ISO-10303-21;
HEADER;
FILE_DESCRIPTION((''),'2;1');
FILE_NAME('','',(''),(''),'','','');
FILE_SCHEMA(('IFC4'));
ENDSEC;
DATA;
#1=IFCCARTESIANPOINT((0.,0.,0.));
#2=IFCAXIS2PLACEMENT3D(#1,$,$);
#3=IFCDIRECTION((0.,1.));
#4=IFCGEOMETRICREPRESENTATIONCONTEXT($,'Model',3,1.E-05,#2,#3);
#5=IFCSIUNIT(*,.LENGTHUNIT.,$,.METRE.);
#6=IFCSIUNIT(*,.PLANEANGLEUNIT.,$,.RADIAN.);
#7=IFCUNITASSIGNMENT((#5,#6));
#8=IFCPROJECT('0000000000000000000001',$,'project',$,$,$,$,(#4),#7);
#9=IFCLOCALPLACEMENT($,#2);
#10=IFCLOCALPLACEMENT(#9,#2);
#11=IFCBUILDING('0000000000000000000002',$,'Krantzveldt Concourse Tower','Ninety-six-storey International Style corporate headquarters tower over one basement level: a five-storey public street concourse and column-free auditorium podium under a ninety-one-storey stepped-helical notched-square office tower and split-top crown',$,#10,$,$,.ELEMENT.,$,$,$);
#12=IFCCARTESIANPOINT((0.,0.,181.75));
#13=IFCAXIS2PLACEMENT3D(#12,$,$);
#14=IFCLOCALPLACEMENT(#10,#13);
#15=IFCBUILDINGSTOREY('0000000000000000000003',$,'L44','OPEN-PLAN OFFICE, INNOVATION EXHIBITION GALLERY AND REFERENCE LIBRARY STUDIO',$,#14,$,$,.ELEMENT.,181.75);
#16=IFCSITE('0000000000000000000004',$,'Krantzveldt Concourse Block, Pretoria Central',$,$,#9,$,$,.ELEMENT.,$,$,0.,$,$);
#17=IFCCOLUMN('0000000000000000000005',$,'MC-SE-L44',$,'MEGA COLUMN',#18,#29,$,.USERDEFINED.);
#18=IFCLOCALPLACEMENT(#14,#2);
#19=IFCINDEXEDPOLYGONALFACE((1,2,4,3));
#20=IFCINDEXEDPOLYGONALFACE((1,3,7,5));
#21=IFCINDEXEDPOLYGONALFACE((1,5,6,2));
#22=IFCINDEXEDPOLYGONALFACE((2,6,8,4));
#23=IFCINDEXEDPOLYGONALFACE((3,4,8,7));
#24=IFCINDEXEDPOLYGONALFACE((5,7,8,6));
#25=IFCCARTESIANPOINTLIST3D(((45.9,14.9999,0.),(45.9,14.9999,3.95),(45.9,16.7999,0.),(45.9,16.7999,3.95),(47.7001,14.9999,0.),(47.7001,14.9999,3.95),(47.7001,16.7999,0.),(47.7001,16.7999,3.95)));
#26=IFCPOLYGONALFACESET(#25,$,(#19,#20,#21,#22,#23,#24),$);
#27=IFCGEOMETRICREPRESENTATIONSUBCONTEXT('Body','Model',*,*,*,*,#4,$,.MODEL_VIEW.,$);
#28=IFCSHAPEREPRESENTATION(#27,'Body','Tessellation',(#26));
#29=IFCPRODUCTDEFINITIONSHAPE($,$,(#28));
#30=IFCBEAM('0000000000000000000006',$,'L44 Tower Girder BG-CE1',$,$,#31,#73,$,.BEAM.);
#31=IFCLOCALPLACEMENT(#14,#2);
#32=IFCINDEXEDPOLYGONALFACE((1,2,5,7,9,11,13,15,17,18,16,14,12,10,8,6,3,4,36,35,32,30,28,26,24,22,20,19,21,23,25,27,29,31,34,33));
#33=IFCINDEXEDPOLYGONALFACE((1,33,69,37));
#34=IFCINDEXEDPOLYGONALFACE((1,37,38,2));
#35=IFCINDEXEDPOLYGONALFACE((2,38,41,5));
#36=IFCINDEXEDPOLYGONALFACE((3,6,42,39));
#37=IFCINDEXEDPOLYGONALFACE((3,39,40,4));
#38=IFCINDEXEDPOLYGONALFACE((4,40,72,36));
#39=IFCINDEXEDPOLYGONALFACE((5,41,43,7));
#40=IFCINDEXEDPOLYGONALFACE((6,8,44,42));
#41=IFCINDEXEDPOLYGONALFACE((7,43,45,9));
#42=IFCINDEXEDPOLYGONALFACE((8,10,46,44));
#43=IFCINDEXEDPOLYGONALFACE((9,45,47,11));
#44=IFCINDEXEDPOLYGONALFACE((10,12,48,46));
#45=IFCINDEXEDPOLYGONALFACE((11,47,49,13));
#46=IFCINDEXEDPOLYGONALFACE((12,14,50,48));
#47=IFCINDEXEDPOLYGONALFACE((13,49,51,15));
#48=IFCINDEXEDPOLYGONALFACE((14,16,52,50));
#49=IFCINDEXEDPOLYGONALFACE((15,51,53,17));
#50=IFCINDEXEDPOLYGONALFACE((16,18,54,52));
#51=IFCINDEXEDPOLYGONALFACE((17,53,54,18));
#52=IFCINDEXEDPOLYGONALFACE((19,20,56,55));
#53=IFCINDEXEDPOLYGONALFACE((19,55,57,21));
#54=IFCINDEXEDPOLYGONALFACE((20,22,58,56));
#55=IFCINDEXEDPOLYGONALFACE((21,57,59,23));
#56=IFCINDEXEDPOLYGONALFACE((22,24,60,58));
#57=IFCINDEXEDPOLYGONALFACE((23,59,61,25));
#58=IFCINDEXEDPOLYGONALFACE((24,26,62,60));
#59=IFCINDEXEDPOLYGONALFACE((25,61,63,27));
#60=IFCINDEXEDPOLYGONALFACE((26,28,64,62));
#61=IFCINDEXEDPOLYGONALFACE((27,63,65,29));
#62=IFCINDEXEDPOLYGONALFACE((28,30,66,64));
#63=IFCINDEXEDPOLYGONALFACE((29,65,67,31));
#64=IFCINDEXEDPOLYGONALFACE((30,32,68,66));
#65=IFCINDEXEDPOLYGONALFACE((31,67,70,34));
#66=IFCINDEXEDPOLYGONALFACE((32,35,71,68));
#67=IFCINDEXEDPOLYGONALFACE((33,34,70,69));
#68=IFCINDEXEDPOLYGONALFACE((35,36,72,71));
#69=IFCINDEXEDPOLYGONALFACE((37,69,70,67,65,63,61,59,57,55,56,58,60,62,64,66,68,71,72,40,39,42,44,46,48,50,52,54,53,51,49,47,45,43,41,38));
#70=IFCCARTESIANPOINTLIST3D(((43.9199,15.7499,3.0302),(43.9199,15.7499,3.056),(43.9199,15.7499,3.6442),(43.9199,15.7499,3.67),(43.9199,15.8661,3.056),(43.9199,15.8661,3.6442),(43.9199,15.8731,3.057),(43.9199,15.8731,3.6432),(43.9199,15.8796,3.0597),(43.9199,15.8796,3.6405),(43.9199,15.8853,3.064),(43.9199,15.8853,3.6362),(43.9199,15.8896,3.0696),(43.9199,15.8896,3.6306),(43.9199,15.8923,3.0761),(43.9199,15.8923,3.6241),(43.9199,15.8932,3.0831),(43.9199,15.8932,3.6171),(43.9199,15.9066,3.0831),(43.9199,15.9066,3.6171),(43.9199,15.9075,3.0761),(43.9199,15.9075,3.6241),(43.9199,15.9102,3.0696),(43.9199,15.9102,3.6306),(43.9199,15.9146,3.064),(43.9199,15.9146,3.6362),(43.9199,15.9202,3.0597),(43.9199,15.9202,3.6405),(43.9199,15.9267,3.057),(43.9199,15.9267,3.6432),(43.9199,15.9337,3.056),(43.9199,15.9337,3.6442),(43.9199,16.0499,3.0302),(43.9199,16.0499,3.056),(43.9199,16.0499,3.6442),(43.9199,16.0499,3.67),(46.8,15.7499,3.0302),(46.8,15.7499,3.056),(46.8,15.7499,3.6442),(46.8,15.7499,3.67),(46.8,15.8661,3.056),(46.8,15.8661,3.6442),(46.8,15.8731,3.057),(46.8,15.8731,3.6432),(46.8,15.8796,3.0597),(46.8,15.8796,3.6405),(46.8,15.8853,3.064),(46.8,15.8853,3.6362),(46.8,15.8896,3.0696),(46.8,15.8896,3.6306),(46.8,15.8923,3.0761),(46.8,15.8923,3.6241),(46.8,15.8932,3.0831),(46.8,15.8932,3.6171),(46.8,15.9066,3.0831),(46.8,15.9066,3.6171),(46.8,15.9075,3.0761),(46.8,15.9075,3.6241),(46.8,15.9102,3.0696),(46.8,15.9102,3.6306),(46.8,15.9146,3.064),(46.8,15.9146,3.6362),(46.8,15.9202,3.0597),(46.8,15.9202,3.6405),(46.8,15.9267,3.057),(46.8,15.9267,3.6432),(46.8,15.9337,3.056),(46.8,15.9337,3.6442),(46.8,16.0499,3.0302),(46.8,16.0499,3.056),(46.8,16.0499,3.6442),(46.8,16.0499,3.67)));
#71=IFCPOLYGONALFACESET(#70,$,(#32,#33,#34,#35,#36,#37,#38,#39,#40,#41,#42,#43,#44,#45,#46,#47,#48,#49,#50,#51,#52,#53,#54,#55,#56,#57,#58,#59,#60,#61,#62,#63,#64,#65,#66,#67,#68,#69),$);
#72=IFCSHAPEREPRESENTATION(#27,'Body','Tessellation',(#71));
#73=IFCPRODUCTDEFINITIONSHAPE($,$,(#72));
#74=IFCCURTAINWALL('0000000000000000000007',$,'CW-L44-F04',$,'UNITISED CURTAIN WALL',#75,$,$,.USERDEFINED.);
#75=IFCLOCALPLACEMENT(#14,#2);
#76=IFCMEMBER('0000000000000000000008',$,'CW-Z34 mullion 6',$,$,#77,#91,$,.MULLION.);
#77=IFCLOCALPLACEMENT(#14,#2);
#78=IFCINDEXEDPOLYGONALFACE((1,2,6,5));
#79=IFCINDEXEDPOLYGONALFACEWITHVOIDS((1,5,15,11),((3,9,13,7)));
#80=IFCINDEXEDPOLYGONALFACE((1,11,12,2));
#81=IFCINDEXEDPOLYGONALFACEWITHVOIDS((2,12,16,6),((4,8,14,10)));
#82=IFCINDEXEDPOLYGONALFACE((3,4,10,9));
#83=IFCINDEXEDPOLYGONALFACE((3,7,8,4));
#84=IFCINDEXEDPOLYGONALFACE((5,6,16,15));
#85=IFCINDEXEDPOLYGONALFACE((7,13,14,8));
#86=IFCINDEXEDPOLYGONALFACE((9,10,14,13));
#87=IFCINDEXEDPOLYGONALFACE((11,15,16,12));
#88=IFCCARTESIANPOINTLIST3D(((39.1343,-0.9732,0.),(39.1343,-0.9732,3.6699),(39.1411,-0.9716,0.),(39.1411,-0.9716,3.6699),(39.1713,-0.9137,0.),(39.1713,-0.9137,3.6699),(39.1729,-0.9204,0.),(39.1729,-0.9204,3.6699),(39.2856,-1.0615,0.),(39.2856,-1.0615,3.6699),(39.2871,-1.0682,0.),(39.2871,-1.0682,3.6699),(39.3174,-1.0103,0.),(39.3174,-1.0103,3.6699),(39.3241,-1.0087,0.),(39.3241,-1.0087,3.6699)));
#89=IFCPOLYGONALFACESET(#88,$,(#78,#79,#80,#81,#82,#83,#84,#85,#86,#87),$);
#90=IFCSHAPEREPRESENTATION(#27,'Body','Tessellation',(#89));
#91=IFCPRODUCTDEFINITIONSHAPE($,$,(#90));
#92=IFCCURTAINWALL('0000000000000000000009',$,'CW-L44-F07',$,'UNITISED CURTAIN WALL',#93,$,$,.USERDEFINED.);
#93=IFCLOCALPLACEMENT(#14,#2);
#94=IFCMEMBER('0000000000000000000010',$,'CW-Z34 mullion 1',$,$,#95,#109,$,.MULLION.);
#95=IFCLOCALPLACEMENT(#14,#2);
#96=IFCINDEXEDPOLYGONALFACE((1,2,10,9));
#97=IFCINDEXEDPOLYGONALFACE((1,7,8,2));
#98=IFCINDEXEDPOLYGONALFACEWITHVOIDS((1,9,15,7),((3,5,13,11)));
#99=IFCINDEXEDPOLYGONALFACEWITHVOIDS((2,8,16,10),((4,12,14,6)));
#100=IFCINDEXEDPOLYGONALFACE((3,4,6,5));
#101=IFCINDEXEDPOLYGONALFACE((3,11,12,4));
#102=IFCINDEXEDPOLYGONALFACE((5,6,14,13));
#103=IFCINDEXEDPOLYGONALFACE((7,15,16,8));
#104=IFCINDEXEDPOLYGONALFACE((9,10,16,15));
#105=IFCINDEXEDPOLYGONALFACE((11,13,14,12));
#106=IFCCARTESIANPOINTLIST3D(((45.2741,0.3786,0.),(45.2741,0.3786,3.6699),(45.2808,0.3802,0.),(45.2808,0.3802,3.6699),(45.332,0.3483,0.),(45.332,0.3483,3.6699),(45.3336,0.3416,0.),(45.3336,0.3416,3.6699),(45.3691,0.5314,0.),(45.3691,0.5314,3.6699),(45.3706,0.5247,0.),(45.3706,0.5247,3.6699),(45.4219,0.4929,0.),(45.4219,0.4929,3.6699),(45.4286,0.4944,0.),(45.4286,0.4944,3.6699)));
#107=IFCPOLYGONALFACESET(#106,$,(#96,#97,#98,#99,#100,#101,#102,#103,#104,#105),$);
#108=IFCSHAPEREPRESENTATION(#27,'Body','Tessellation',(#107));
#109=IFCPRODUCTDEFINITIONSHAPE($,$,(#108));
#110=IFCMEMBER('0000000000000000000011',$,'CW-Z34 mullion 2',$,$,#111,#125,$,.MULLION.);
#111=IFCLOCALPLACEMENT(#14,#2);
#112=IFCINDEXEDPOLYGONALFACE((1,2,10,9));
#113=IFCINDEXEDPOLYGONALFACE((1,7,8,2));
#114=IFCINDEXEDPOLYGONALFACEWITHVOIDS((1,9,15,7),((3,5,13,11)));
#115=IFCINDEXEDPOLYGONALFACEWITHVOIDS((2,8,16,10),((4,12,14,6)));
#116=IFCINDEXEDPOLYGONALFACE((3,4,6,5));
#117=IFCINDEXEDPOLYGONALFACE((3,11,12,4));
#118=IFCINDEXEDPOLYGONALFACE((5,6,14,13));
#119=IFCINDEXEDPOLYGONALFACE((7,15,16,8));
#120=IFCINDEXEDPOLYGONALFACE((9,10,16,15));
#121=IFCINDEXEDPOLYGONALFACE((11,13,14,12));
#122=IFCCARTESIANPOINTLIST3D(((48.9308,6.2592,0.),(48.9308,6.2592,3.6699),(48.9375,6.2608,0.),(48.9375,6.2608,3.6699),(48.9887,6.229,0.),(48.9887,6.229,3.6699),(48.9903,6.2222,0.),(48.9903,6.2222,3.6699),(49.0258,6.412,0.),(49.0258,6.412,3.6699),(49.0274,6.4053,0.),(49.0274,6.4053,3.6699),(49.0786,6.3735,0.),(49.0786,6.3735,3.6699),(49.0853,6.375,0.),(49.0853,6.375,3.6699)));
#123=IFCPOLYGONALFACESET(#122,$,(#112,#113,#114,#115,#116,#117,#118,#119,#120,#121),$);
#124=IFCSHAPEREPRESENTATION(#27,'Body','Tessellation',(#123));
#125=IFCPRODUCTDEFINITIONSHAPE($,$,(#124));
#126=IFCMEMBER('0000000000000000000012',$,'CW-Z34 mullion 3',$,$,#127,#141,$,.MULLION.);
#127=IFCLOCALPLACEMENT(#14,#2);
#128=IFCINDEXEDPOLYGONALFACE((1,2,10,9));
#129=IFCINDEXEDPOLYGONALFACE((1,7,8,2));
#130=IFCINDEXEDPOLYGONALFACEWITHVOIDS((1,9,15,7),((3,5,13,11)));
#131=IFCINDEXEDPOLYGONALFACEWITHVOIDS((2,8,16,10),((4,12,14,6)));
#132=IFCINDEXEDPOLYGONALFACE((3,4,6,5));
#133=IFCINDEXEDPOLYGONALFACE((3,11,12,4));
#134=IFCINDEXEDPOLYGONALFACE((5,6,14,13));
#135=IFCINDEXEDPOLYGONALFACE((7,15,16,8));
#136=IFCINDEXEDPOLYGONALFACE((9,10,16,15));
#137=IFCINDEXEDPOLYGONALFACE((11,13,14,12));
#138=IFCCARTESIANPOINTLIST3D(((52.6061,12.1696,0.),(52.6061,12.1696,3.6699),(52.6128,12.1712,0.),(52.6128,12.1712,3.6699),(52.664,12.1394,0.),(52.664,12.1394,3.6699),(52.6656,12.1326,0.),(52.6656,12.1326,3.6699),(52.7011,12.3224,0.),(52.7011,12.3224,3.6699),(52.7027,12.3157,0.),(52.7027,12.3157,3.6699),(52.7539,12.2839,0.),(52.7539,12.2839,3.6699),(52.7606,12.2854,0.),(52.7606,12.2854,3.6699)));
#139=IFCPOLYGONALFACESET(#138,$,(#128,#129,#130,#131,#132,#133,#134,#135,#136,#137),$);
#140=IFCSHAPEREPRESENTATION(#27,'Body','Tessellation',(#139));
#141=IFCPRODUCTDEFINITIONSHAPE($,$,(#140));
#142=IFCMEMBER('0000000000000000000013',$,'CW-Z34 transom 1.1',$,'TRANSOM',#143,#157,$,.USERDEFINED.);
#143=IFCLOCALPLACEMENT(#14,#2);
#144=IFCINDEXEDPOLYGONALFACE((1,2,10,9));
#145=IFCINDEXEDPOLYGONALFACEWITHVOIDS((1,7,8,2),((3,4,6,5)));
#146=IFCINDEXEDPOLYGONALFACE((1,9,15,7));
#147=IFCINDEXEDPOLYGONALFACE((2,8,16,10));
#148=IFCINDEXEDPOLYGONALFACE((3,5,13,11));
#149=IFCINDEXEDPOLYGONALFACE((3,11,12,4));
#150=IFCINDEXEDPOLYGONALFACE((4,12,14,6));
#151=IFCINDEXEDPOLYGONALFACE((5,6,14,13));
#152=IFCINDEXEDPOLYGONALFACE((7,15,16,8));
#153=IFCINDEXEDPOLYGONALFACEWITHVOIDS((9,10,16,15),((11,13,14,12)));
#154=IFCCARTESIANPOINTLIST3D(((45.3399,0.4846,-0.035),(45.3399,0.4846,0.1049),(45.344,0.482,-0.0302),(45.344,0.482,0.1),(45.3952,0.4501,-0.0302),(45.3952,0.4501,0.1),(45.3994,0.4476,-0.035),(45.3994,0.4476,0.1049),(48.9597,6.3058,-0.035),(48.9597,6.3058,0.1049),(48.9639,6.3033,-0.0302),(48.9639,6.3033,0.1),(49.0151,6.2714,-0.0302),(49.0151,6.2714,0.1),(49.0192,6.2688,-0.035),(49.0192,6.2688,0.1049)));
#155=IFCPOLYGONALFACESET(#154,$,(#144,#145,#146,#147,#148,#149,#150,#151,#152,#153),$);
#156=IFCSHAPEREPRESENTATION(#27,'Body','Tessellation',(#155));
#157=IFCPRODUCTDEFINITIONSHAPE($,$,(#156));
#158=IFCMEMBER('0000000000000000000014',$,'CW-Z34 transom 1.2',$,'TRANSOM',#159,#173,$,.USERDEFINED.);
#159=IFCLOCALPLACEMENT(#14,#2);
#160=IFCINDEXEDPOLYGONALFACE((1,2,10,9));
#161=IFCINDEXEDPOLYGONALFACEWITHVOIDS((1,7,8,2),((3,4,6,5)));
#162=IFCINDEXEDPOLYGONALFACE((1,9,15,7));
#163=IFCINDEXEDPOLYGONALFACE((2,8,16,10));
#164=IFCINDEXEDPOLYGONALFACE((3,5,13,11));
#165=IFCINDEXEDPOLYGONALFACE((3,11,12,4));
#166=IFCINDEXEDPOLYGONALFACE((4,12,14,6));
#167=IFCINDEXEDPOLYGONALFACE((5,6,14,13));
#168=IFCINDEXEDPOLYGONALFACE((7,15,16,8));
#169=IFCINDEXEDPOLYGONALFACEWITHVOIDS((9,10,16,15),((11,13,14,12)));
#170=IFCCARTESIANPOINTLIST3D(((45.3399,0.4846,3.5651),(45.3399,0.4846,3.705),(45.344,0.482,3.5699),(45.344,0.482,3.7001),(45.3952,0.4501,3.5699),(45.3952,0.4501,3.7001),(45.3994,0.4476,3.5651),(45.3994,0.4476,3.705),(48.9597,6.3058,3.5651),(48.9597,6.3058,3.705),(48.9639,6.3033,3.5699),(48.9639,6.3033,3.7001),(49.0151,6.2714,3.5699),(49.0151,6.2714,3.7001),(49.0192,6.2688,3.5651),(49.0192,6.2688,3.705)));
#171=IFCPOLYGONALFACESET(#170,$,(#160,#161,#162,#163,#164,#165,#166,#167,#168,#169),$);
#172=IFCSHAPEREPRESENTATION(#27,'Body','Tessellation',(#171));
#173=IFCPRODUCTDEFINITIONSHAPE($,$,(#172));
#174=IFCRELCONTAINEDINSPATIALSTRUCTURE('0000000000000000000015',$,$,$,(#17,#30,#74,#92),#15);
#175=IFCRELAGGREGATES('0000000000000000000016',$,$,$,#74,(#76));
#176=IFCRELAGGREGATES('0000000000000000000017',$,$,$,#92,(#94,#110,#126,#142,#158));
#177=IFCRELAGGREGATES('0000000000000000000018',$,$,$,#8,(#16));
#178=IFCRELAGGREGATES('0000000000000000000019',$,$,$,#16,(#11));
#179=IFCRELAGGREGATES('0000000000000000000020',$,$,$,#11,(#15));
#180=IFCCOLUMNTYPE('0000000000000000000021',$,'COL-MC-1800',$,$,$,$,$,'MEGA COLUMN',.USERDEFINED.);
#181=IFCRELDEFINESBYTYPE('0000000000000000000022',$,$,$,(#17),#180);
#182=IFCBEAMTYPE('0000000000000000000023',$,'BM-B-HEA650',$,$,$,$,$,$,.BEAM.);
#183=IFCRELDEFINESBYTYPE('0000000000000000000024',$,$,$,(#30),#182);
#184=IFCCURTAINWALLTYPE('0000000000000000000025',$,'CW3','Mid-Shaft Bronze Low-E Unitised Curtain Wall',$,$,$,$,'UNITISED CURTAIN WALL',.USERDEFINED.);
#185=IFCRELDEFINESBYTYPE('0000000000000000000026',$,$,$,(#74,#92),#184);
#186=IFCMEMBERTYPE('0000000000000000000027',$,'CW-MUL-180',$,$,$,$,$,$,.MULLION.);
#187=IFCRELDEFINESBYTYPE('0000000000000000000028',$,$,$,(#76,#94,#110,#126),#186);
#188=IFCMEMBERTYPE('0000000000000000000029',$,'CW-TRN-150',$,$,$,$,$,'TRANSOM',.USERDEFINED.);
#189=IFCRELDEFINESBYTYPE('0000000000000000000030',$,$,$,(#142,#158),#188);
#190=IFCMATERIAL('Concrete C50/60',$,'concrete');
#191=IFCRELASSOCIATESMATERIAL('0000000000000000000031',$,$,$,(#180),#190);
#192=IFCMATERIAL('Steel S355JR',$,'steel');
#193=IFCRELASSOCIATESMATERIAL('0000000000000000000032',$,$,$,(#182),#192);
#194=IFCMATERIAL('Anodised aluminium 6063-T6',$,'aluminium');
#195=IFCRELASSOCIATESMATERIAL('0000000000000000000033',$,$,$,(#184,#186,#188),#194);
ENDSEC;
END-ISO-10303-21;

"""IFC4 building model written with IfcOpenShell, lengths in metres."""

from ifc_helpers import new_model, si_unit, direction, frame, origin, origin_2d, place, context, subcontext, project, spatial, rectangle, hollow_rectangle, i_section, extrude, source, transform, mapped, material, material_profile, profile_set, type_object, type_shapes, element, aggregate, save


model = new_model("IFC4")

# Units and contexts
model_context = context("Model", 3, precision=1e-05, world=origin(), true_north=direction((0.0, 1.0)))
body_context = subcontext(model_context, "Body", "Model", "MODEL_VIEW")
ifc_project = project(units=[si_unit("LENGTHUNIT", "METRE"), si_unit("PLANEANGLEUNIT", "RADIAN")], contexts=[model_context])

# Site, building, storey
site_placement = place(None, origin())
site = spatial("IfcSite", under=ifc_project, at=site_placement, Name="Krantzveldt Concourse Block, Pretoria Central", CompositionType="ELEMENT", RefElevation=0.0)
building_placement = place(site_placement, origin())
building = spatial("IfcBuilding", under=site, at=building_placement, Name="Krantzveldt Concourse Tower", Description="Ninety-six-storey International Style corporate headquarters tower over one basement level: a five-storey public street concourse and column-free auditorium podium under a ninety-one-storey stepped-helical notched-square office tower and split-top crown", CompositionType="ELEMENT")
storey_placement = place(building_placement, frame((0.0, 0.0, 181.75)))
storey = spatial("IfcBuildingStorey", under=building, at=storey_placement, Name="L44", Description="OPEN-PLAN OFFICE, INNOVATION EXHIBITION GALLERY AND REFERENCE LIBRARY STUDIO", CompositionType="ELEMENT", Elevation=181.75)

# Column
ifc_material_1 = material(Name="Concrete C50/60", Category="concrete")
ifc_material_profile_1 = material_profile(ifc_material_1, rectangle(XDim=1.8, YDim=1.8, at=origin_2d()), Name="Concrete C50/60", Category="concrete")
ifc_profile_set_1 = profile_set([ifc_material_profile_1], Name="Concrete C50/60 - RC 1800x1800")
column_type = type_object("IfcColumnType", Name="COL-MC-1800", ElementType="MEGA COLUMN", PredefinedType="USERDEFINED", material=ifc_profile_set_1)
shared_shape_1 = source(origin(), body_context, "Body", "SweptSolid", [
    extrude(rectangle(XDim=1.8, YDim=1.8, at=origin_2d()), origin(), (0.0, 0.0, 1.0), 3.95),
])
type_shapes(column_type, [shared_shape_1])
column_placement = place(storey_placement, frame((46.8, 15.8999, 0.0), z_axis=(0.0, 0.0, 1.0), x_axis=(1.0, 0.0, 0.0)))
element("IfcColumn", 1, at=column_placement, inside=storey, type_object=column_type, Name="MC-SE-L44", ObjectType="MEGA COLUMN", PredefinedType="USERDEFINED", context=body_context, shape_type="MappedRepresentation", body=[
    mapped(shared_shape_1, transform((0.0, 0.0, 0.0), x_axis=(1.0, 0.0, 0.0), y_axis=(0.0, 1.0, 0.0), z_axis=(0.0, 0.0, 1.0), scale=1.0)),
])

# Beam
ifc_material_2 = material(Name="Steel S355JR", Category="steel")
ifc_material_profile_2 = material_profile(ifc_material_2, i_section(OverallWidth=0.3, OverallDepth=0.6399, WebThickness=0.0134, FlangeThickness=0.0259, FilletRadius=0.0271, at=origin_2d()), Name="Steel S355JR", Category="steel")
ifc_profile_set_2 = profile_set([ifc_material_profile_2], Name="Steel S355JR - HEA 650")
beam_type = type_object("IfcBeamType", Name="BM-B-HEA650", PredefinedType="BEAM", material=ifc_profile_set_2)
shared_shape_2 = source(origin(), body_context, "Body", "SweptSolid", [
    extrude(i_section(OverallWidth=0.3, OverallDepth=0.6399, WebThickness=0.0134, FlangeThickness=0.0259, FilletRadius=0.0271, at=origin_2d()), origin(), (0.0, 0.0, 1.0), 2.8801),
])
type_shapes(beam_type, [shared_shape_2])
beam_placement = place(storey_placement, frame((43.9199, 15.8999, 3.3501), z_axis=(1.0, 0.0, 0.0), x_axis=(0.0, 1.0, 0.0)))
element("IfcBeam", 2, at=beam_placement, inside=storey, type_object=beam_type, Name="L44 Tower Girder BG-CE1", PredefinedType="BEAM", context=body_context, shape_type="MappedRepresentation", body=[
    mapped(shared_shape_2, transform((0.0, 0.0, 0.0), x_axis=(1.0, 0.0, 0.0), y_axis=(0.0, 1.0, 0.0), z_axis=(0.0, 0.0, 1.0), scale=1.0)),
])

# Curtain wall, member
ifc_material_3 = material(Name="Anodised aluminium 6063-T6", Category="aluminium")
curtain_wall_type = type_object("IfcCurtainWallType", Name="CW3", Description="Mid-Shaft Bronze Low-E Unitised Curtain Wall", ElementType="UNITISED CURTAIN WALL", PredefinedType="USERDEFINED", material=ifc_material_3)
curtain_wall_1_placement = place(storey_placement, origin())
curtain_wall_1 = element("IfcCurtainWall", 3, at=curtain_wall_1_placement, inside=storey, type_object=curtain_wall_type, Name="CW-L44-F04", ObjectType="UNITISED CURTAIN WALL", PredefinedType="USERDEFINED")
ifc_material_profile_3 = material_profile(ifc_material_3, hollow_rectangle(XDim=0.0701, YDim=0.1799, WallThickness=0.0049, at=origin_2d()), Name="Anodised aluminium 6063-T6", Category="aluminium")
ifc_profile_set_3 = profile_set([ifc_material_profile_3], Name="Anodised aluminium 6063-T6 - ALU-MULL 180x70x5")
member_type_1 = type_object("IfcMemberType", Name="CW-MUL-180", PredefinedType="MULLION", material=ifc_profile_set_3)
shared_shape_3 = source(origin(), body_context, "Body", "SweptSolid", [
    extrude(hollow_rectangle(XDim=0.0701, YDim=0.1799, WallThickness=0.0049, at=origin_2d()), origin(), (0.0, 0.0, 1.0), 3.6699),
])
type_shapes(member_type_1, [shared_shape_3])
member_1_placement = place(storey_placement, frame((39.2292, -0.991, 0.0), z_axis=(0.0, 0.0, 1.0), x_axis=(0.528068, 0.849202, 0.0)))
member_1 = element("IfcMember", 4, at=member_1_placement, type_object=member_type_1, Name="CW-Z34 mullion 6", PredefinedType="MULLION", context=body_context, shape_type="MappedRepresentation", body=[
    mapped(shared_shape_3, transform((0.0, 0.0, 0.0), x_axis=(1.0, 0.0, 0.0), y_axis=(0.0, 1.0, 0.0), z_axis=(0.0, 0.0, 1.0), scale=1.0)),
])

# Curtain wall, members
curtain_wall_2_placement = place(storey_placement, origin())
curtain_wall_2 = element("IfcCurtainWall", 5, at=curtain_wall_2_placement, inside=storey, type_object=curtain_wall_type, Name="CW-L44-F07", ObjectType="UNITISED CURTAIN WALL", PredefinedType="USERDEFINED")
member_2_placement = place(storey_placement, frame((45.3513, 0.4365, 0.0), z_axis=(0.0, 0.0, 1.0), x_axis=(-0.849202, 0.528068, 0.0)))
member_2 = element("IfcMember", 6, at=member_2_placement, type_object=member_type_1, Name="CW-Z34 mullion 1", PredefinedType="MULLION", context=body_context, shape_type="MappedRepresentation", body=[
    mapped(shared_shape_3, transform((0.0, 0.0, 0.0), x_axis=(1.0, 0.0, 0.0), y_axis=(0.0, 1.0, 0.0), z_axis=(0.0, 0.0, 1.0), scale=1.0)),
])
member_3_placement = place(storey_placement, frame((49.0081, 6.3171, 0.0), z_axis=(0.0, 0.0, 1.0), x_axis=(-0.849202, 0.528068, 0.0)))
member_3 = element("IfcMember", 7, at=member_3_placement, type_object=member_type_1, Name="CW-Z34 mullion 2", PredefinedType="MULLION", context=body_context, shape_type="MappedRepresentation", body=[
    mapped(shared_shape_3, transform((0.0, 0.0, 0.0), x_axis=(1.0, 0.0, 0.0), y_axis=(0.0, 1.0, 0.0), z_axis=(0.0, 0.0, 1.0), scale=1.0)),
])
member_4_placement = place(storey_placement, frame((52.6833, 12.2275, 0.0), z_axis=(0.0, 0.0, 1.0), x_axis=(-0.849202, 0.528068, 0.0)))
member_4 = element("IfcMember", 8, at=member_4_placement, type_object=member_type_1, Name="CW-Z34 mullion 3", PredefinedType="MULLION", context=body_context, shape_type="MappedRepresentation", body=[
    mapped(shared_shape_3, transform((0.0, 0.0, 0.0), x_axis=(1.0, 0.0, 0.0), y_axis=(0.0, 1.0, 0.0), z_axis=(0.0, 0.0, 1.0), scale=1.0)),
])
ifc_material_profile_4 = material_profile(ifc_material_3, hollow_rectangle(XDim=0.0701, YDim=0.1399, WallThickness=0.0049, at=origin_2d()), Name="Anodised aluminium 6063-T6", Category="aluminium")
ifc_profile_set_4 = profile_set([ifc_material_profile_4], Name="Anodised aluminium 6063-T6 - ALU-TRAN 140x70x5")
member_type_2 = type_object("IfcMemberType", Name="CW-TRN-150", ElementType="TRANSOM", PredefinedType="USERDEFINED", material=ifc_profile_set_4)
shared_shape_4 = source(origin(), body_context, "Body", "SweptSolid", [
    extrude(hollow_rectangle(XDim=0.0701, YDim=0.1399, WallThickness=0.0049, at=origin_2d()), origin(), (0.0, 0.0, 1.0), 6.855),
])
member_5_placement = place(storey_placement, frame((45.3696, 0.4661, 0.0349), z_axis=(0.528064, 0.849205, 0.0), x_axis=(-0.849205, 0.528064, 0.0)))
member_5 = element("IfcMember", 9, at=member_5_placement, type_object=member_type_2, Name="CW-Z34 transom 1.1", ObjectType="TRANSOM", PredefinedType="USERDEFINED", context=body_context, shape_type="MappedRepresentation", body=[
    mapped(shared_shape_4, transform((0.0, 0.0, 0.0), x_axis=(1.0, 0.0, 0.0), y_axis=(0.0, 1.0, 0.0), z_axis=(0.0, 0.0, 1.0), scale=1.0)),
])
member_6_placement = place(storey_placement, frame((45.3696, 0.4661, 3.635), z_axis=(0.528064, 0.849205, 0.0), x_axis=(-0.849205, 0.528064, 0.0)))
member_6 = element("IfcMember", 10, at=member_6_placement, type_object=member_type_2, Name="CW-Z34 transom 1.2", ObjectType="TRANSOM", PredefinedType="USERDEFINED", context=body_context, shape_type="MappedRepresentation", body=[
    mapped(shared_shape_4, transform((0.0, 0.0, 0.0), x_axis=(1.0, 0.0, 0.0), y_axis=(0.0, 1.0, 0.0), z_axis=(0.0, 0.0, 1.0), scale=1.0)),
])

aggregate(curtain_wall_1, [member_1])
aggregate(curtain_wall_2, [member_2, member_3, member_4, member_5, member_6])

save(model, "model.ifc")
